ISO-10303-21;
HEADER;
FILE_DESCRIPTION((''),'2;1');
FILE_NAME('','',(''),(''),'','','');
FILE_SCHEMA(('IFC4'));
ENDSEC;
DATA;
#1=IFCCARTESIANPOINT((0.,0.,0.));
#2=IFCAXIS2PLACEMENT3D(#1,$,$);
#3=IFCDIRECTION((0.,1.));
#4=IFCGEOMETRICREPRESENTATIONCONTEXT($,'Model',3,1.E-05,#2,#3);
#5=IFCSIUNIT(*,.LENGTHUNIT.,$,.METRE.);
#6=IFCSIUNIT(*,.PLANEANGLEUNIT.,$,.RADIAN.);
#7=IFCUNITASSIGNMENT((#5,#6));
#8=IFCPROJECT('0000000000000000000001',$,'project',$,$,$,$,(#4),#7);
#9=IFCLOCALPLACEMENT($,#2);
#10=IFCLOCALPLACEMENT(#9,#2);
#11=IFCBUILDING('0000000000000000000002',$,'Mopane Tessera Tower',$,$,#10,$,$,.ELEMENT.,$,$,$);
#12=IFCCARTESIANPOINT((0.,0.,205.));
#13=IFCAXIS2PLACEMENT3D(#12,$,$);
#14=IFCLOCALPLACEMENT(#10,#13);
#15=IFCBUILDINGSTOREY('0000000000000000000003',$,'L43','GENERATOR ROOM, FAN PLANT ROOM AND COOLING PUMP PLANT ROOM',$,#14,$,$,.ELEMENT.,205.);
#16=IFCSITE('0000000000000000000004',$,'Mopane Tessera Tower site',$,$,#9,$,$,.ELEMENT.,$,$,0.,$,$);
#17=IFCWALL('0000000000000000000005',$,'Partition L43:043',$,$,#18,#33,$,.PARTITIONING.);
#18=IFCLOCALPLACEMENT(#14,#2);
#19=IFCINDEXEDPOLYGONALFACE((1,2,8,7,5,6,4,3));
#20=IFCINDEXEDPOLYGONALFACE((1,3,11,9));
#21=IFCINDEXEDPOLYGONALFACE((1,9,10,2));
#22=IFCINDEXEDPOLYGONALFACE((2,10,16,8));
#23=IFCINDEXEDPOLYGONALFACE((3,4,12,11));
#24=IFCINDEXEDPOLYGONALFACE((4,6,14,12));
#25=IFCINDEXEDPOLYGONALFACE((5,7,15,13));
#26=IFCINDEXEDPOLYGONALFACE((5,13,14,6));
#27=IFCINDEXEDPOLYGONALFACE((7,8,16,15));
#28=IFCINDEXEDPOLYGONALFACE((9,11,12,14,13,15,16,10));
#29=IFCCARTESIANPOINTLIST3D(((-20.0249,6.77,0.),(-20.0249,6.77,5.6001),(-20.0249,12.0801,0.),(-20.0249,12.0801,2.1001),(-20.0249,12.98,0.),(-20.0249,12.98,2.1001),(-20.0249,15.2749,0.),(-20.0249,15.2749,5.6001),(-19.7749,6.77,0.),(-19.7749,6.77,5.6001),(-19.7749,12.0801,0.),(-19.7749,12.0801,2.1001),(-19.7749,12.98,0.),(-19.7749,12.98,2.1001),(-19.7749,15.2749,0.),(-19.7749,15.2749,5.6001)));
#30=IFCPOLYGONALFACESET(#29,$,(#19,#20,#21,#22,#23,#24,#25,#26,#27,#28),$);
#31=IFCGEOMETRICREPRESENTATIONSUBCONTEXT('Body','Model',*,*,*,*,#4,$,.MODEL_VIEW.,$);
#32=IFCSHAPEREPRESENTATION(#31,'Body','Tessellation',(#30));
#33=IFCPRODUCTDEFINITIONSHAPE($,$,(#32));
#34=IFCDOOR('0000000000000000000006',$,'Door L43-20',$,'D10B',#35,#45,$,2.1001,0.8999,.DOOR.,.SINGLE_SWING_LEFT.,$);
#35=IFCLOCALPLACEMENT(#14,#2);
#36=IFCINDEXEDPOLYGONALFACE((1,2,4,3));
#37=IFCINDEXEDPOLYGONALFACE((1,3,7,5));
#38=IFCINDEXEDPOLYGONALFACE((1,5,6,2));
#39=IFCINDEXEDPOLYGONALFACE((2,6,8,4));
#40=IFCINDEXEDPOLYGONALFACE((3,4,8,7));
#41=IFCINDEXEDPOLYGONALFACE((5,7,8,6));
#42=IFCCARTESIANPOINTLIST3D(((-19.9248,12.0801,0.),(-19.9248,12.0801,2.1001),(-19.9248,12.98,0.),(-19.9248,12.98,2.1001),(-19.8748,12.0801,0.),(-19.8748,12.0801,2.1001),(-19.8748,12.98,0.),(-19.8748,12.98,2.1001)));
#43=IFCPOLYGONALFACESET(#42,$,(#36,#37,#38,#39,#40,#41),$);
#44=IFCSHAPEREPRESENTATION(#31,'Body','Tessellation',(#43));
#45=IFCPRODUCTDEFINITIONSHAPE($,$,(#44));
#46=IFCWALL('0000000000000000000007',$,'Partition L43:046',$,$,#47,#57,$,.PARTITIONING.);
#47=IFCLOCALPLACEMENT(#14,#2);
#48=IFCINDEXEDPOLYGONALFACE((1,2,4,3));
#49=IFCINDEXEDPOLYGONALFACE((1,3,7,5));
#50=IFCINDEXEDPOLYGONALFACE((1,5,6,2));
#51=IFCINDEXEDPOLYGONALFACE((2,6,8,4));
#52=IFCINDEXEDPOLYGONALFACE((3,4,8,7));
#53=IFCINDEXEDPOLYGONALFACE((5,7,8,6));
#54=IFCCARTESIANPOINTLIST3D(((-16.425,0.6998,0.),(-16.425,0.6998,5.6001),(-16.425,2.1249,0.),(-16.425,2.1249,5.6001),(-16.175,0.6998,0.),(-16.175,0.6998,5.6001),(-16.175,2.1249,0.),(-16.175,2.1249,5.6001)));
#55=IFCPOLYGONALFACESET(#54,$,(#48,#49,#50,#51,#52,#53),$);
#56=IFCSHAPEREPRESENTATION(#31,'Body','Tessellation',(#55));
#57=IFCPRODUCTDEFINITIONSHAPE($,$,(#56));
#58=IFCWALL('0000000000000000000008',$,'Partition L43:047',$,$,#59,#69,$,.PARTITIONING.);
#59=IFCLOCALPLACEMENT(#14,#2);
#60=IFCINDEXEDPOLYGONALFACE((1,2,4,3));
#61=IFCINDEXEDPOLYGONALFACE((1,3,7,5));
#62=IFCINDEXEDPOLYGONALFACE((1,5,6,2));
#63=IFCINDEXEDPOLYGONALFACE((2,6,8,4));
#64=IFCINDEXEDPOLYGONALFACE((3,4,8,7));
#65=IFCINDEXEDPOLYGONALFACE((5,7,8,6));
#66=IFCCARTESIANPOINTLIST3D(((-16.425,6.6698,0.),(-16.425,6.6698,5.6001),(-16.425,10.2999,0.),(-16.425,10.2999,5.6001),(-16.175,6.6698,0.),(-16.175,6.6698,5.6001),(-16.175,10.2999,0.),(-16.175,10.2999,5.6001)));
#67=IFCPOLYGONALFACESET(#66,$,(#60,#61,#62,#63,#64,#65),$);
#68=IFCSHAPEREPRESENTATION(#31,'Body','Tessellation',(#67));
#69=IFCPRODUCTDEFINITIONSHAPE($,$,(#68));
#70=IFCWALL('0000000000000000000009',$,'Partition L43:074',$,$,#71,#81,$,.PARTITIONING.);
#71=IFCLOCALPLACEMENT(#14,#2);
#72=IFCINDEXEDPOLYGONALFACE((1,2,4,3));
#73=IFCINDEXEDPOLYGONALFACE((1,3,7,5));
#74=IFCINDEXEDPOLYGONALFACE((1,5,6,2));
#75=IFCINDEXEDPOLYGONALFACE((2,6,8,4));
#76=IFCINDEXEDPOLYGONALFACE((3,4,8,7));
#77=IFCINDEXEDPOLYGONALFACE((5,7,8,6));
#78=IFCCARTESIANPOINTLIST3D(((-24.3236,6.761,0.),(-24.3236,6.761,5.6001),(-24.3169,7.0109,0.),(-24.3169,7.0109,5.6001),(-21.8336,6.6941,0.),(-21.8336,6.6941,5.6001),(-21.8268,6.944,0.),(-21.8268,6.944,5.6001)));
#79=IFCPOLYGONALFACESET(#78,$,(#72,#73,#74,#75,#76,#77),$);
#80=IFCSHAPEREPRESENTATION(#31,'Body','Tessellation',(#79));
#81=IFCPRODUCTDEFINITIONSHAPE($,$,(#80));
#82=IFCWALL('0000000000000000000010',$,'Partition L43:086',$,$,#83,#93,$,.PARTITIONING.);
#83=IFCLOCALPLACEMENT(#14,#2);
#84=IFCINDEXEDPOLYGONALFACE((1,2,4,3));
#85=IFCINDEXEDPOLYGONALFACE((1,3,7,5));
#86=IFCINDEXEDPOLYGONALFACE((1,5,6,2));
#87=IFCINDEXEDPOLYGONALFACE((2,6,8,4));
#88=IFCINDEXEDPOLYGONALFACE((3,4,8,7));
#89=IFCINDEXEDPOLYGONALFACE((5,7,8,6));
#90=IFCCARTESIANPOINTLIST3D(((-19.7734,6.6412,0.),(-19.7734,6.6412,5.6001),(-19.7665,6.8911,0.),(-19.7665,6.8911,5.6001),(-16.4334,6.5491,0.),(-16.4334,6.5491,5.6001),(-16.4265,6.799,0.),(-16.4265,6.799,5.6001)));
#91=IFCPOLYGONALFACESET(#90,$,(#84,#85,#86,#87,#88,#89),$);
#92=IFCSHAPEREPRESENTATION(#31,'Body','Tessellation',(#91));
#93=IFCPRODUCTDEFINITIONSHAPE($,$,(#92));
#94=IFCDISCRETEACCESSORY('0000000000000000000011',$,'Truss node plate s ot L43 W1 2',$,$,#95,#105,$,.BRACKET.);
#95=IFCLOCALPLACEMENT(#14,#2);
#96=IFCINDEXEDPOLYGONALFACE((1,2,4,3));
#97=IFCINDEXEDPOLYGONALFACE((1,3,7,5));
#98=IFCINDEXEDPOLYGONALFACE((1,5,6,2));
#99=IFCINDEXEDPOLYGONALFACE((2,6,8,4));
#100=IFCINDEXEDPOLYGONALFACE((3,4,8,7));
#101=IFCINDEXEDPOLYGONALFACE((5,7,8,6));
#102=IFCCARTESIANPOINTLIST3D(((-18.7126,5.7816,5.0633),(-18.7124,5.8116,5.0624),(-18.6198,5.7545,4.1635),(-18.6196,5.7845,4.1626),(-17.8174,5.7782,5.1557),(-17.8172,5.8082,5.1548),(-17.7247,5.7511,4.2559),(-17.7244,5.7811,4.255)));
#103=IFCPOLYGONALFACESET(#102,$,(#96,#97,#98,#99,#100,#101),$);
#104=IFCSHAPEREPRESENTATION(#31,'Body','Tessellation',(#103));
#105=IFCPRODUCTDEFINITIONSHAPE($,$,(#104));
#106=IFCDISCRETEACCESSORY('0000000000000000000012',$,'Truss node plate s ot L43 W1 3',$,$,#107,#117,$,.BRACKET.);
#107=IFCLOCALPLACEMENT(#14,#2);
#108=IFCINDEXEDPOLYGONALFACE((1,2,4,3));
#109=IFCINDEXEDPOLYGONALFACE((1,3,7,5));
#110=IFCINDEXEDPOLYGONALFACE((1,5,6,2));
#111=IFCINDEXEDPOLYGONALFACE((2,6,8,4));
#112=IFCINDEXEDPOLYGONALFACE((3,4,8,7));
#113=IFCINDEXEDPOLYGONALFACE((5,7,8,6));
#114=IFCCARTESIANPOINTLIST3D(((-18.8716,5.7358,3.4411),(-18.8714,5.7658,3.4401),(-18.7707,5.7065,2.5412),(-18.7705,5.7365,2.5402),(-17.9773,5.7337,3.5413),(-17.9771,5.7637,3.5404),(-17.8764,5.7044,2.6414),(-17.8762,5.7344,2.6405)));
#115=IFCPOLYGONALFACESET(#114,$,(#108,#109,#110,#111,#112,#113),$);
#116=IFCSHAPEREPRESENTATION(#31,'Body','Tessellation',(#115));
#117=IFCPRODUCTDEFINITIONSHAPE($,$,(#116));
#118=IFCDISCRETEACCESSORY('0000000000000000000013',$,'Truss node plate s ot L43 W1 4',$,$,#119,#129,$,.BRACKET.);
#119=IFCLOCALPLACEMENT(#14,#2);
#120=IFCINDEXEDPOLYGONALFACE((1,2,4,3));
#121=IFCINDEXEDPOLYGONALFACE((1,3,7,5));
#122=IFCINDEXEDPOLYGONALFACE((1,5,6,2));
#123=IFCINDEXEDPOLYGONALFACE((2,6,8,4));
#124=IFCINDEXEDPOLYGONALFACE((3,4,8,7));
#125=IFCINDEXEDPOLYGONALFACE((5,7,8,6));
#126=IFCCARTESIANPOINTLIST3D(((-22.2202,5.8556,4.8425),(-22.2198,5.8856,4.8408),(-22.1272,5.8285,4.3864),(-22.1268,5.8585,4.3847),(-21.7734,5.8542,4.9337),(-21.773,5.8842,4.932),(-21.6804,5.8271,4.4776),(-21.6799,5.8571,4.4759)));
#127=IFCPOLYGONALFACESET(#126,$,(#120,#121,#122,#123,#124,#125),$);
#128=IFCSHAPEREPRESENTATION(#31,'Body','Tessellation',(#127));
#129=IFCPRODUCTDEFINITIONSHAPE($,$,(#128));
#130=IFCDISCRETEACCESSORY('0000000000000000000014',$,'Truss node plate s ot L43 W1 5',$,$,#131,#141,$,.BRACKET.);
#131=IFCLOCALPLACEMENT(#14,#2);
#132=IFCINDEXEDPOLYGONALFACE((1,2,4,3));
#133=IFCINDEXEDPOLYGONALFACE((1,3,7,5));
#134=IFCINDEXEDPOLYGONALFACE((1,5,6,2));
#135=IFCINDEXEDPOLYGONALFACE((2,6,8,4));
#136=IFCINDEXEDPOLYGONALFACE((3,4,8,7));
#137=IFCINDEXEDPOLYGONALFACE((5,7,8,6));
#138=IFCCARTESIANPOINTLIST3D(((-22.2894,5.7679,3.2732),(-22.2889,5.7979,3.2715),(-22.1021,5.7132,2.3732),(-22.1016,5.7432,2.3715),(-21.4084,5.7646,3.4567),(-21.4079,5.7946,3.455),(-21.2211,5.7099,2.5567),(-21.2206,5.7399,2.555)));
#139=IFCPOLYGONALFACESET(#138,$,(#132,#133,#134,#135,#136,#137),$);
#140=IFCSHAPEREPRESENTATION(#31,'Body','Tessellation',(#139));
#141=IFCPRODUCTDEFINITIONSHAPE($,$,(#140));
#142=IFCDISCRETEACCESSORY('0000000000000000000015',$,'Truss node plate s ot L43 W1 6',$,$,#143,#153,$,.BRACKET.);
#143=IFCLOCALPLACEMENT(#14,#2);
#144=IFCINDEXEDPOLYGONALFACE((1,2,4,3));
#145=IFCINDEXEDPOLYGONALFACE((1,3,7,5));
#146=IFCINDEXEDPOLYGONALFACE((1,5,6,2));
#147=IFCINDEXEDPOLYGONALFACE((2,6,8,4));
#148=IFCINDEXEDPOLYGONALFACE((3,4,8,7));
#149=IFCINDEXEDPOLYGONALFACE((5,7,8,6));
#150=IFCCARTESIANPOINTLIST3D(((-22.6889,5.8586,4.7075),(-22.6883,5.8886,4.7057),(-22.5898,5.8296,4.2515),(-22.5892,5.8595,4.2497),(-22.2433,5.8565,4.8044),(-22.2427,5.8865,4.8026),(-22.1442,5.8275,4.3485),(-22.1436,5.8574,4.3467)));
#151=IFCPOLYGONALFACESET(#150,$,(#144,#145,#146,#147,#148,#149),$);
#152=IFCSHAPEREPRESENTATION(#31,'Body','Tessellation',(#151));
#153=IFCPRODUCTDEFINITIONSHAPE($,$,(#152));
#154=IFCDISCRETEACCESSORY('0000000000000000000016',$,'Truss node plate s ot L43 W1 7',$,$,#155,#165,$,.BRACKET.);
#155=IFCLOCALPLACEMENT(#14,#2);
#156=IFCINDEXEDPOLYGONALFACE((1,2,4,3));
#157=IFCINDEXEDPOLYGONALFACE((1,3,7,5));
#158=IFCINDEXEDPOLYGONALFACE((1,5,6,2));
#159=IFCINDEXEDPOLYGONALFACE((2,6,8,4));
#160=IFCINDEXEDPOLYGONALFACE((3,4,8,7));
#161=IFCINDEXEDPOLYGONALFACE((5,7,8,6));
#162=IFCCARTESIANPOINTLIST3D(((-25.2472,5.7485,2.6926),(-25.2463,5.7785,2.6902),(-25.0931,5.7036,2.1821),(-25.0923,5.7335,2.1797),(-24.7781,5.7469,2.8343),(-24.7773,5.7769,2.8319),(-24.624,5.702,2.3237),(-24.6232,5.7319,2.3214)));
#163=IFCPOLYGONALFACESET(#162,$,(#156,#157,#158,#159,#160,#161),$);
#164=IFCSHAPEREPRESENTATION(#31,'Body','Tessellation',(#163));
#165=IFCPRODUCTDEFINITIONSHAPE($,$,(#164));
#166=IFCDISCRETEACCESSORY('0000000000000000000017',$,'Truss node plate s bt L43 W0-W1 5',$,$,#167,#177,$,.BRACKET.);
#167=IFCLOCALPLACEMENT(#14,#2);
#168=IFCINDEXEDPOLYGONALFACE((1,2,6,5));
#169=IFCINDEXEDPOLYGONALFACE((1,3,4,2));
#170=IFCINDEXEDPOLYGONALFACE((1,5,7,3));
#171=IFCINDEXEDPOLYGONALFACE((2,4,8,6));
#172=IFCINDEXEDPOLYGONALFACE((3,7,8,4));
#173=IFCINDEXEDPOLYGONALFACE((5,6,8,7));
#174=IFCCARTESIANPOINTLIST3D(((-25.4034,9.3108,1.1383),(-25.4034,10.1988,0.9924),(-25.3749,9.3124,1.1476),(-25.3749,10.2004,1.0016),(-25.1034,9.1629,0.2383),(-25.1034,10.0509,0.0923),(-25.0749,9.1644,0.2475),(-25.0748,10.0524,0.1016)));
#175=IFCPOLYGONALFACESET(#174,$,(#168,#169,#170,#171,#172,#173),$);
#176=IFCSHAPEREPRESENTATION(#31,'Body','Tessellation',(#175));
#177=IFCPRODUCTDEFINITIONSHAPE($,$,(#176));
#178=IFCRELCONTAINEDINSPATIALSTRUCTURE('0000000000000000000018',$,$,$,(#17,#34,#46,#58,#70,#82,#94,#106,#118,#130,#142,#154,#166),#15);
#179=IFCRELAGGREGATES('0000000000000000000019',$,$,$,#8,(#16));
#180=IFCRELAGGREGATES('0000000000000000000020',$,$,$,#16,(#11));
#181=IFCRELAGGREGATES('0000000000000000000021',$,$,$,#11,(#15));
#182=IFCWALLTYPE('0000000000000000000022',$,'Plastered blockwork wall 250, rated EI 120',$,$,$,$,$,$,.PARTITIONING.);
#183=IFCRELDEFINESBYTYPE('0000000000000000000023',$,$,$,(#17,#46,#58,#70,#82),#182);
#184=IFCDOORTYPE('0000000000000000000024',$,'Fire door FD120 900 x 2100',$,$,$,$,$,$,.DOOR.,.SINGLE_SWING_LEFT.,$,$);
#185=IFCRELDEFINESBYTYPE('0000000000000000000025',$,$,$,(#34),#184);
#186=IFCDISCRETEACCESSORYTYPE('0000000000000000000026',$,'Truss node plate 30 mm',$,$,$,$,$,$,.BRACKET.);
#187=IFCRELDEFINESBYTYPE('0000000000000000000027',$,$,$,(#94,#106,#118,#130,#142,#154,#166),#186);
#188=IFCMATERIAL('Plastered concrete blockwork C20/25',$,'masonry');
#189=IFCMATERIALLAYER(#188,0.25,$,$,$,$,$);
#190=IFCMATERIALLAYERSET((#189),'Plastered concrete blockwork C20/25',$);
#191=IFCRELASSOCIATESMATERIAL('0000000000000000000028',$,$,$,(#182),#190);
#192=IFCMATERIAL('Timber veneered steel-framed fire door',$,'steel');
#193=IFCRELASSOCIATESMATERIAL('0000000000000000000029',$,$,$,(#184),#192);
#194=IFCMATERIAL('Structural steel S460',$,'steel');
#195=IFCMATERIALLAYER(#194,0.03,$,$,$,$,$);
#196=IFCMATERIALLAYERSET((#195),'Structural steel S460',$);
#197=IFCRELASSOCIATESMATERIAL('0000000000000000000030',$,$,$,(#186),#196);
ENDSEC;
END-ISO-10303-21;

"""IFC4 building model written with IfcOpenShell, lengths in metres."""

from ifc_helpers import new_model, si_unit, direction, frame, frame_2d, origin, origin_2d, place, context, subcontext, project, spatial, rectangle, extrude, material, layer, layer_set, type_object, element, fill, save


model = new_model("IFC4")

# Units and contexts
model_context = context("Model", 3, precision=1e-05, world=origin(), true_north=direction((0.0, 1.0)))
body_context = subcontext(model_context, "Body", "Model", "MODEL_VIEW")
ifc_project = project(units=[si_unit("LENGTHUNIT", "METRE"), si_unit("PLANEANGLEUNIT", "RADIAN")], contexts=[model_context])

# Site, building, storey
site_placement = place(None, origin())
site = spatial("IfcSite", under=ifc_project, at=site_placement, Name="Mopane Tessera Tower site", CompositionType="ELEMENT", RefElevation=0.0)
building_placement = place(site_placement, origin())
building = spatial("IfcBuilding", under=site, at=building_placement, Name="Mopane Tessera Tower", CompositionType="ELEMENT")
storey_placement = place(building_placement, frame((0.0, 0.0, 205.0)))
storey = spatial("IfcBuildingStorey", under=building, at=storey_placement, Name="L43", Description="GENERATOR ROOM, FAN PLANT ROOM AND COOLING PUMP PLANT ROOM", CompositionType="ELEMENT", Elevation=205.0)

# Shared definitions
ifc_material_1 = material(Name="Plastered concrete blockwork C20/25", Category="masonry")
ifc_layer_1 = layer(ifc_material_1, 0.25)
ifc_layer_set_1 = layer_set([ifc_layer_1], Name="Plastered concrete blockwork C20/25")
wall_type = type_object("IfcWallType", Name="Plastered blockwork wall 250, rated EI 120", PredefinedType="PARTITIONING", material=ifc_layer_set_1)

# Wall, opening, door
wall_1_placement = place(storey_placement, frame((-19.8999, 6.77, 0.0), z_axis=(0.0, 0.0, 1.0), x_axis=(0.0, 1.0, 0.0)))
wall_1 = element("IfcWall", 1, at=wall_1_placement, inside=storey, type_object=wall_type, Name="Partition L43:043", PredefinedType="PARTITIONING", context=body_context, shape_type="SweptSolid", body=[
    extrude(rectangle(XDim=8.5049, YDim=0.25, at=frame_2d((4.2524, 0.0))), origin(), (0.0, 0.0, 1.0), 5.6001),
])
opening_1_placement = place(wall_1_placement, frame((5.3101, 0.0, 0.0)))
opening_1 = element("IfcOpeningElement", 2, at=opening_1_placement, cuts=wall_1, PredefinedType="OPENING", context=body_context, shape_type="SweptSolid", body=[
    extrude(rectangle(XDim=0.8999, YDim=2.1001, at=frame_2d((0.45, 1.05))), frame((0.0, 0.137, 0.0), z_axis=(0.0, -1.0, 0.0), x_axis=(1.0, 0.0, 0.0)), (0.0, 0.0, 1.0), 0.2739),
])
ifc_material_2 = material(Name="Timber veneered steel-framed fire door", Category="steel")
door_type_1 = type_object("IfcDoorType", Name="Fire door FD120 900 x 2100", OperationType="SINGLE_SWING_LEFT", PredefinedType="DOOR", material=ifc_material_2)
door_1_placement = place(opening_1_placement, origin())
door_1 = element("IfcDoor", 3, at=door_1_placement, inside=storey, type_object=door_type_1, Name="Door L43-20", ObjectType="D10B", OperationType="SINGLE_SWING_LEFT", OverallHeight=2.1001, OverallWidth=0.8999, PredefinedType="DOOR", context=body_context, shape_type="SweptSolid", body=[
    extrude(rectangle(XDim=0.8999, YDim=2.1001, at=frame_2d((0.45, 1.05))), frame((0.0, 0.0249, 0.0), z_axis=(0.0, -1.0, 0.0), x_axis=(1.0, 0.0, 0.0)), (0.0, 0.0, 1.0), 0.05),
])
fill(opening_1, door_1)

# Walls
wall_2_placement = place(storey_placement, frame((-16.3, 0.7, 0.0), z_axis=(0.0, 0.0, 1.0), x_axis=(0.0, 1.0, 0.0)))
element("IfcWall", 4, at=wall_2_placement, inside=storey, type_object=wall_type, Name="Partition L43:046", PredefinedType="PARTITIONING", context=body_context, shape_type="SweptSolid", body=[
    extrude(rectangle(XDim=1.425, YDim=0.25, at=frame_2d((0.7124, 0.0))), origin(), (0.0, 0.0, 1.0), 5.6001),
])
wall_3_placement = place(storey_placement, frame((-16.3, 6.6699, 0.0), z_axis=(0.0, 0.0, 1.0), x_axis=(0.0, 1.0, 0.0)))
element("IfcWall", 5, at=wall_3_placement, inside=storey, type_object=wall_type, Name="Partition L43:047", PredefinedType="PARTITIONING", context=body_context, shape_type="SweptSolid", body=[
    extrude(rectangle(XDim=3.6301, YDim=0.25, at=frame_2d((1.8149, 0.0))), origin(), (0.0, 0.0, 1.0), 5.6001),
])
wall_4_placement = place(storey_placement, frame((-21.8301, 6.8191, 0.0), z_axis=(0.0, 0.0, 1.0), x_axis=(-0.999639, 0.026856, 0.0)))
element("IfcWall", 6, at=wall_4_placement, inside=storey, type_object=wall_type, Name="Partition L43:074", PredefinedType="PARTITIONING", context=body_context, shape_type="SweptSolid", body=[
    extrude(rectangle(XDim=2.491, YDim=0.25, at=frame_2d((1.2456, 0.0))), origin(), (0.0, 0.0, 1.0), 5.6001),
])
wall_5_placement = place(storey_placement, frame((-16.4299, 6.6741, 0.0), z_axis=(0.0, 0.0, 1.0), x_axis=(-0.999621, 0.027546, 0.0)))
element("IfcWall", 7, at=wall_5_placement, inside=storey, type_object=wall_type, Name="Partition L43:086", PredefinedType="PARTITIONING", context=body_context, shape_type="SweptSolid", body=[
    extrude(rectangle(XDim=3.3413, YDim=0.25, at=frame_2d((1.6707, 0.0))), origin(), (0.0, 0.0, 1.0), 5.6001),
])

# Discrete accessories
ifc_material_3 = material(Name="Structural steel S460", Category="steel")
ifc_layer_2 = layer(ifc_material_3, 0.03)
ifc_layer_set_2 = layer_set([ifc_layer_2], Name="Structural steel S460")
discrete_accessory_type = type_object("IfcDiscreteAccessoryType", Name="Truss node plate 30 mm", PredefinedType="BRACKET", material=ifc_layer_set_2)
discrete_accessory_1_placement = place(storey_placement, frame((-18.1721, 5.7678, 4.2092), z_axis=(-0.102503, 0.029942, 0.994282), x_axis=(-0.006871, -0.999544, 0.029392)))
element("IfcDiscreteAccessory", 8, at=discrete_accessory_1_placement, inside=storey, type_object=discrete_accessory_type, Name="Truss node plate s ot L43 W1 2", PredefinedType="BRACKET", context=body_context, shape_type="SweptSolid", body=[
    extrude(rectangle(XDim=0.03, YDim=0.8999, at=origin_2d()), origin(), (0.0, 0.0, 1.0), 0.905),
])
discrete_accessory_2_placement = place(storey_placement, frame((-18.3235, 5.7205, 2.5908), z_axis=(-0.111291, 0.032336, 0.993262), x_axis=(-0.00599, -0.999474, 0.031867)))
element("IfcDiscreteAccessory", 9, at=discrete_accessory_2_placement, inside=storey, type_object=discrete_accessory_type, Name="Truss node plate s ot L43 W1 3", PredefinedType="BRACKET", context=body_context, shape_type="SweptSolid", body=[
    extrude(rectangle(XDim=0.03, YDim=0.8999, at=origin_2d()), origin(), (0.0, 0.0, 1.0), 0.906),
])
discrete_accessory_3_placement = place(storey_placement, frame((-21.9036, 5.8428, 4.4312), z_axis=(-0.199509, 0.058125, 0.978171), x_axis=(-0.014619, -0.998305, 0.056339)))
element("IfcDiscreteAccessory", 10, at=discrete_accessory_3_placement, inside=storey, type_object=discrete_accessory_type, Name="Truss node plate s ot L43 W1 4", PredefinedType="BRACKET", context=body_context, shape_type="SweptSolid", body=[
    extrude(rectangle(XDim=0.03, YDim=0.4561, at=origin_2d()), origin(), (0.0, 0.0, 1.0), 0.4663),
])
discrete_accessory_4_placement = place(storey_placement, frame((-21.6614, 5.7266, 2.4641), z_axis=(-0.203361, 0.059391, 0.977301), x_axis=(-0.015745, -0.998228, 0.057387)))
element("IfcDiscreteAccessory", 11, at=discrete_accessory_4_placement, inside=storey, type_object=discrete_accessory_type, Name="Truss node plate s ot L43 W1 5", PredefinedType="BRACKET", context=body_context, shape_type="SweptSolid", body=[
    extrude(rectangle(XDim=0.03, YDim=0.8999, at=origin_2d()), origin(), (0.0, 0.0, 1.0), 0.9209),
])
discrete_accessory_5_placement = place(storey_placement, frame((-22.3667, 5.8435, 4.2991), z_axis=(-0.211976, 0.062131, 0.975298), x_axis=(-0.01773, -0.998057, 0.059727)))
element("IfcDiscreteAccessory", 12, at=discrete_accessory_5_placement, inside=storey, type_object=discrete_accessory_type, Name="Truss node plate s ot L43 W1 6", PredefinedType="BRACKET", context=body_context, shape_type="SweptSolid", body=[
    extrude(rectangle(XDim=0.03, YDim=0.4561, at=origin_2d()), origin(), (0.0, 0.0, 1.0), 0.4675),
])
discrete_accessory_6_placement = place(storey_placement, frame((-24.8582, 5.7178, 2.2517), z_axis=(-0.287882, 0.083947, 0.95398), x_axis=(-0.02736, -0.996465, 0.079429)))
element("IfcDiscreteAccessory", 13, at=discrete_accessory_6_placement, inside=storey, type_object=discrete_accessory_type, Name="Truss node plate s ot L43 W1 7", PredefinedType="BRACKET", context=body_context, shape_type="SweptSolid", body=[
    extrude(rectangle(XDim=0.03, YDim=0.49, at=origin_2d()), origin(), (0.0, 0.0, 1.0), 0.5352),
])
discrete_accessory_7_placement = place(storey_placement, frame((-25.0891, 9.6077, 0.1699), z_axis=(-0.312452, 0.154065, 0.937357), x_axis=(0.949933, 0.050642, 0.308321)))
element("IfcDiscreteAccessory", 14, at=discrete_accessory_7_placement, inside=storey, type_object=discrete_accessory_type, Name="Truss node plate s bt L43 W0-W1 5", PredefinedType="BRACKET", context=body_context, shape_type="SweptSolid", body=[
    extrude(rectangle(XDim=0.03, YDim=0.8999, at=origin_2d()), origin(), (0.0, 0.0, 1.0), 0.9602),
])

save(model, "model.ifc")
